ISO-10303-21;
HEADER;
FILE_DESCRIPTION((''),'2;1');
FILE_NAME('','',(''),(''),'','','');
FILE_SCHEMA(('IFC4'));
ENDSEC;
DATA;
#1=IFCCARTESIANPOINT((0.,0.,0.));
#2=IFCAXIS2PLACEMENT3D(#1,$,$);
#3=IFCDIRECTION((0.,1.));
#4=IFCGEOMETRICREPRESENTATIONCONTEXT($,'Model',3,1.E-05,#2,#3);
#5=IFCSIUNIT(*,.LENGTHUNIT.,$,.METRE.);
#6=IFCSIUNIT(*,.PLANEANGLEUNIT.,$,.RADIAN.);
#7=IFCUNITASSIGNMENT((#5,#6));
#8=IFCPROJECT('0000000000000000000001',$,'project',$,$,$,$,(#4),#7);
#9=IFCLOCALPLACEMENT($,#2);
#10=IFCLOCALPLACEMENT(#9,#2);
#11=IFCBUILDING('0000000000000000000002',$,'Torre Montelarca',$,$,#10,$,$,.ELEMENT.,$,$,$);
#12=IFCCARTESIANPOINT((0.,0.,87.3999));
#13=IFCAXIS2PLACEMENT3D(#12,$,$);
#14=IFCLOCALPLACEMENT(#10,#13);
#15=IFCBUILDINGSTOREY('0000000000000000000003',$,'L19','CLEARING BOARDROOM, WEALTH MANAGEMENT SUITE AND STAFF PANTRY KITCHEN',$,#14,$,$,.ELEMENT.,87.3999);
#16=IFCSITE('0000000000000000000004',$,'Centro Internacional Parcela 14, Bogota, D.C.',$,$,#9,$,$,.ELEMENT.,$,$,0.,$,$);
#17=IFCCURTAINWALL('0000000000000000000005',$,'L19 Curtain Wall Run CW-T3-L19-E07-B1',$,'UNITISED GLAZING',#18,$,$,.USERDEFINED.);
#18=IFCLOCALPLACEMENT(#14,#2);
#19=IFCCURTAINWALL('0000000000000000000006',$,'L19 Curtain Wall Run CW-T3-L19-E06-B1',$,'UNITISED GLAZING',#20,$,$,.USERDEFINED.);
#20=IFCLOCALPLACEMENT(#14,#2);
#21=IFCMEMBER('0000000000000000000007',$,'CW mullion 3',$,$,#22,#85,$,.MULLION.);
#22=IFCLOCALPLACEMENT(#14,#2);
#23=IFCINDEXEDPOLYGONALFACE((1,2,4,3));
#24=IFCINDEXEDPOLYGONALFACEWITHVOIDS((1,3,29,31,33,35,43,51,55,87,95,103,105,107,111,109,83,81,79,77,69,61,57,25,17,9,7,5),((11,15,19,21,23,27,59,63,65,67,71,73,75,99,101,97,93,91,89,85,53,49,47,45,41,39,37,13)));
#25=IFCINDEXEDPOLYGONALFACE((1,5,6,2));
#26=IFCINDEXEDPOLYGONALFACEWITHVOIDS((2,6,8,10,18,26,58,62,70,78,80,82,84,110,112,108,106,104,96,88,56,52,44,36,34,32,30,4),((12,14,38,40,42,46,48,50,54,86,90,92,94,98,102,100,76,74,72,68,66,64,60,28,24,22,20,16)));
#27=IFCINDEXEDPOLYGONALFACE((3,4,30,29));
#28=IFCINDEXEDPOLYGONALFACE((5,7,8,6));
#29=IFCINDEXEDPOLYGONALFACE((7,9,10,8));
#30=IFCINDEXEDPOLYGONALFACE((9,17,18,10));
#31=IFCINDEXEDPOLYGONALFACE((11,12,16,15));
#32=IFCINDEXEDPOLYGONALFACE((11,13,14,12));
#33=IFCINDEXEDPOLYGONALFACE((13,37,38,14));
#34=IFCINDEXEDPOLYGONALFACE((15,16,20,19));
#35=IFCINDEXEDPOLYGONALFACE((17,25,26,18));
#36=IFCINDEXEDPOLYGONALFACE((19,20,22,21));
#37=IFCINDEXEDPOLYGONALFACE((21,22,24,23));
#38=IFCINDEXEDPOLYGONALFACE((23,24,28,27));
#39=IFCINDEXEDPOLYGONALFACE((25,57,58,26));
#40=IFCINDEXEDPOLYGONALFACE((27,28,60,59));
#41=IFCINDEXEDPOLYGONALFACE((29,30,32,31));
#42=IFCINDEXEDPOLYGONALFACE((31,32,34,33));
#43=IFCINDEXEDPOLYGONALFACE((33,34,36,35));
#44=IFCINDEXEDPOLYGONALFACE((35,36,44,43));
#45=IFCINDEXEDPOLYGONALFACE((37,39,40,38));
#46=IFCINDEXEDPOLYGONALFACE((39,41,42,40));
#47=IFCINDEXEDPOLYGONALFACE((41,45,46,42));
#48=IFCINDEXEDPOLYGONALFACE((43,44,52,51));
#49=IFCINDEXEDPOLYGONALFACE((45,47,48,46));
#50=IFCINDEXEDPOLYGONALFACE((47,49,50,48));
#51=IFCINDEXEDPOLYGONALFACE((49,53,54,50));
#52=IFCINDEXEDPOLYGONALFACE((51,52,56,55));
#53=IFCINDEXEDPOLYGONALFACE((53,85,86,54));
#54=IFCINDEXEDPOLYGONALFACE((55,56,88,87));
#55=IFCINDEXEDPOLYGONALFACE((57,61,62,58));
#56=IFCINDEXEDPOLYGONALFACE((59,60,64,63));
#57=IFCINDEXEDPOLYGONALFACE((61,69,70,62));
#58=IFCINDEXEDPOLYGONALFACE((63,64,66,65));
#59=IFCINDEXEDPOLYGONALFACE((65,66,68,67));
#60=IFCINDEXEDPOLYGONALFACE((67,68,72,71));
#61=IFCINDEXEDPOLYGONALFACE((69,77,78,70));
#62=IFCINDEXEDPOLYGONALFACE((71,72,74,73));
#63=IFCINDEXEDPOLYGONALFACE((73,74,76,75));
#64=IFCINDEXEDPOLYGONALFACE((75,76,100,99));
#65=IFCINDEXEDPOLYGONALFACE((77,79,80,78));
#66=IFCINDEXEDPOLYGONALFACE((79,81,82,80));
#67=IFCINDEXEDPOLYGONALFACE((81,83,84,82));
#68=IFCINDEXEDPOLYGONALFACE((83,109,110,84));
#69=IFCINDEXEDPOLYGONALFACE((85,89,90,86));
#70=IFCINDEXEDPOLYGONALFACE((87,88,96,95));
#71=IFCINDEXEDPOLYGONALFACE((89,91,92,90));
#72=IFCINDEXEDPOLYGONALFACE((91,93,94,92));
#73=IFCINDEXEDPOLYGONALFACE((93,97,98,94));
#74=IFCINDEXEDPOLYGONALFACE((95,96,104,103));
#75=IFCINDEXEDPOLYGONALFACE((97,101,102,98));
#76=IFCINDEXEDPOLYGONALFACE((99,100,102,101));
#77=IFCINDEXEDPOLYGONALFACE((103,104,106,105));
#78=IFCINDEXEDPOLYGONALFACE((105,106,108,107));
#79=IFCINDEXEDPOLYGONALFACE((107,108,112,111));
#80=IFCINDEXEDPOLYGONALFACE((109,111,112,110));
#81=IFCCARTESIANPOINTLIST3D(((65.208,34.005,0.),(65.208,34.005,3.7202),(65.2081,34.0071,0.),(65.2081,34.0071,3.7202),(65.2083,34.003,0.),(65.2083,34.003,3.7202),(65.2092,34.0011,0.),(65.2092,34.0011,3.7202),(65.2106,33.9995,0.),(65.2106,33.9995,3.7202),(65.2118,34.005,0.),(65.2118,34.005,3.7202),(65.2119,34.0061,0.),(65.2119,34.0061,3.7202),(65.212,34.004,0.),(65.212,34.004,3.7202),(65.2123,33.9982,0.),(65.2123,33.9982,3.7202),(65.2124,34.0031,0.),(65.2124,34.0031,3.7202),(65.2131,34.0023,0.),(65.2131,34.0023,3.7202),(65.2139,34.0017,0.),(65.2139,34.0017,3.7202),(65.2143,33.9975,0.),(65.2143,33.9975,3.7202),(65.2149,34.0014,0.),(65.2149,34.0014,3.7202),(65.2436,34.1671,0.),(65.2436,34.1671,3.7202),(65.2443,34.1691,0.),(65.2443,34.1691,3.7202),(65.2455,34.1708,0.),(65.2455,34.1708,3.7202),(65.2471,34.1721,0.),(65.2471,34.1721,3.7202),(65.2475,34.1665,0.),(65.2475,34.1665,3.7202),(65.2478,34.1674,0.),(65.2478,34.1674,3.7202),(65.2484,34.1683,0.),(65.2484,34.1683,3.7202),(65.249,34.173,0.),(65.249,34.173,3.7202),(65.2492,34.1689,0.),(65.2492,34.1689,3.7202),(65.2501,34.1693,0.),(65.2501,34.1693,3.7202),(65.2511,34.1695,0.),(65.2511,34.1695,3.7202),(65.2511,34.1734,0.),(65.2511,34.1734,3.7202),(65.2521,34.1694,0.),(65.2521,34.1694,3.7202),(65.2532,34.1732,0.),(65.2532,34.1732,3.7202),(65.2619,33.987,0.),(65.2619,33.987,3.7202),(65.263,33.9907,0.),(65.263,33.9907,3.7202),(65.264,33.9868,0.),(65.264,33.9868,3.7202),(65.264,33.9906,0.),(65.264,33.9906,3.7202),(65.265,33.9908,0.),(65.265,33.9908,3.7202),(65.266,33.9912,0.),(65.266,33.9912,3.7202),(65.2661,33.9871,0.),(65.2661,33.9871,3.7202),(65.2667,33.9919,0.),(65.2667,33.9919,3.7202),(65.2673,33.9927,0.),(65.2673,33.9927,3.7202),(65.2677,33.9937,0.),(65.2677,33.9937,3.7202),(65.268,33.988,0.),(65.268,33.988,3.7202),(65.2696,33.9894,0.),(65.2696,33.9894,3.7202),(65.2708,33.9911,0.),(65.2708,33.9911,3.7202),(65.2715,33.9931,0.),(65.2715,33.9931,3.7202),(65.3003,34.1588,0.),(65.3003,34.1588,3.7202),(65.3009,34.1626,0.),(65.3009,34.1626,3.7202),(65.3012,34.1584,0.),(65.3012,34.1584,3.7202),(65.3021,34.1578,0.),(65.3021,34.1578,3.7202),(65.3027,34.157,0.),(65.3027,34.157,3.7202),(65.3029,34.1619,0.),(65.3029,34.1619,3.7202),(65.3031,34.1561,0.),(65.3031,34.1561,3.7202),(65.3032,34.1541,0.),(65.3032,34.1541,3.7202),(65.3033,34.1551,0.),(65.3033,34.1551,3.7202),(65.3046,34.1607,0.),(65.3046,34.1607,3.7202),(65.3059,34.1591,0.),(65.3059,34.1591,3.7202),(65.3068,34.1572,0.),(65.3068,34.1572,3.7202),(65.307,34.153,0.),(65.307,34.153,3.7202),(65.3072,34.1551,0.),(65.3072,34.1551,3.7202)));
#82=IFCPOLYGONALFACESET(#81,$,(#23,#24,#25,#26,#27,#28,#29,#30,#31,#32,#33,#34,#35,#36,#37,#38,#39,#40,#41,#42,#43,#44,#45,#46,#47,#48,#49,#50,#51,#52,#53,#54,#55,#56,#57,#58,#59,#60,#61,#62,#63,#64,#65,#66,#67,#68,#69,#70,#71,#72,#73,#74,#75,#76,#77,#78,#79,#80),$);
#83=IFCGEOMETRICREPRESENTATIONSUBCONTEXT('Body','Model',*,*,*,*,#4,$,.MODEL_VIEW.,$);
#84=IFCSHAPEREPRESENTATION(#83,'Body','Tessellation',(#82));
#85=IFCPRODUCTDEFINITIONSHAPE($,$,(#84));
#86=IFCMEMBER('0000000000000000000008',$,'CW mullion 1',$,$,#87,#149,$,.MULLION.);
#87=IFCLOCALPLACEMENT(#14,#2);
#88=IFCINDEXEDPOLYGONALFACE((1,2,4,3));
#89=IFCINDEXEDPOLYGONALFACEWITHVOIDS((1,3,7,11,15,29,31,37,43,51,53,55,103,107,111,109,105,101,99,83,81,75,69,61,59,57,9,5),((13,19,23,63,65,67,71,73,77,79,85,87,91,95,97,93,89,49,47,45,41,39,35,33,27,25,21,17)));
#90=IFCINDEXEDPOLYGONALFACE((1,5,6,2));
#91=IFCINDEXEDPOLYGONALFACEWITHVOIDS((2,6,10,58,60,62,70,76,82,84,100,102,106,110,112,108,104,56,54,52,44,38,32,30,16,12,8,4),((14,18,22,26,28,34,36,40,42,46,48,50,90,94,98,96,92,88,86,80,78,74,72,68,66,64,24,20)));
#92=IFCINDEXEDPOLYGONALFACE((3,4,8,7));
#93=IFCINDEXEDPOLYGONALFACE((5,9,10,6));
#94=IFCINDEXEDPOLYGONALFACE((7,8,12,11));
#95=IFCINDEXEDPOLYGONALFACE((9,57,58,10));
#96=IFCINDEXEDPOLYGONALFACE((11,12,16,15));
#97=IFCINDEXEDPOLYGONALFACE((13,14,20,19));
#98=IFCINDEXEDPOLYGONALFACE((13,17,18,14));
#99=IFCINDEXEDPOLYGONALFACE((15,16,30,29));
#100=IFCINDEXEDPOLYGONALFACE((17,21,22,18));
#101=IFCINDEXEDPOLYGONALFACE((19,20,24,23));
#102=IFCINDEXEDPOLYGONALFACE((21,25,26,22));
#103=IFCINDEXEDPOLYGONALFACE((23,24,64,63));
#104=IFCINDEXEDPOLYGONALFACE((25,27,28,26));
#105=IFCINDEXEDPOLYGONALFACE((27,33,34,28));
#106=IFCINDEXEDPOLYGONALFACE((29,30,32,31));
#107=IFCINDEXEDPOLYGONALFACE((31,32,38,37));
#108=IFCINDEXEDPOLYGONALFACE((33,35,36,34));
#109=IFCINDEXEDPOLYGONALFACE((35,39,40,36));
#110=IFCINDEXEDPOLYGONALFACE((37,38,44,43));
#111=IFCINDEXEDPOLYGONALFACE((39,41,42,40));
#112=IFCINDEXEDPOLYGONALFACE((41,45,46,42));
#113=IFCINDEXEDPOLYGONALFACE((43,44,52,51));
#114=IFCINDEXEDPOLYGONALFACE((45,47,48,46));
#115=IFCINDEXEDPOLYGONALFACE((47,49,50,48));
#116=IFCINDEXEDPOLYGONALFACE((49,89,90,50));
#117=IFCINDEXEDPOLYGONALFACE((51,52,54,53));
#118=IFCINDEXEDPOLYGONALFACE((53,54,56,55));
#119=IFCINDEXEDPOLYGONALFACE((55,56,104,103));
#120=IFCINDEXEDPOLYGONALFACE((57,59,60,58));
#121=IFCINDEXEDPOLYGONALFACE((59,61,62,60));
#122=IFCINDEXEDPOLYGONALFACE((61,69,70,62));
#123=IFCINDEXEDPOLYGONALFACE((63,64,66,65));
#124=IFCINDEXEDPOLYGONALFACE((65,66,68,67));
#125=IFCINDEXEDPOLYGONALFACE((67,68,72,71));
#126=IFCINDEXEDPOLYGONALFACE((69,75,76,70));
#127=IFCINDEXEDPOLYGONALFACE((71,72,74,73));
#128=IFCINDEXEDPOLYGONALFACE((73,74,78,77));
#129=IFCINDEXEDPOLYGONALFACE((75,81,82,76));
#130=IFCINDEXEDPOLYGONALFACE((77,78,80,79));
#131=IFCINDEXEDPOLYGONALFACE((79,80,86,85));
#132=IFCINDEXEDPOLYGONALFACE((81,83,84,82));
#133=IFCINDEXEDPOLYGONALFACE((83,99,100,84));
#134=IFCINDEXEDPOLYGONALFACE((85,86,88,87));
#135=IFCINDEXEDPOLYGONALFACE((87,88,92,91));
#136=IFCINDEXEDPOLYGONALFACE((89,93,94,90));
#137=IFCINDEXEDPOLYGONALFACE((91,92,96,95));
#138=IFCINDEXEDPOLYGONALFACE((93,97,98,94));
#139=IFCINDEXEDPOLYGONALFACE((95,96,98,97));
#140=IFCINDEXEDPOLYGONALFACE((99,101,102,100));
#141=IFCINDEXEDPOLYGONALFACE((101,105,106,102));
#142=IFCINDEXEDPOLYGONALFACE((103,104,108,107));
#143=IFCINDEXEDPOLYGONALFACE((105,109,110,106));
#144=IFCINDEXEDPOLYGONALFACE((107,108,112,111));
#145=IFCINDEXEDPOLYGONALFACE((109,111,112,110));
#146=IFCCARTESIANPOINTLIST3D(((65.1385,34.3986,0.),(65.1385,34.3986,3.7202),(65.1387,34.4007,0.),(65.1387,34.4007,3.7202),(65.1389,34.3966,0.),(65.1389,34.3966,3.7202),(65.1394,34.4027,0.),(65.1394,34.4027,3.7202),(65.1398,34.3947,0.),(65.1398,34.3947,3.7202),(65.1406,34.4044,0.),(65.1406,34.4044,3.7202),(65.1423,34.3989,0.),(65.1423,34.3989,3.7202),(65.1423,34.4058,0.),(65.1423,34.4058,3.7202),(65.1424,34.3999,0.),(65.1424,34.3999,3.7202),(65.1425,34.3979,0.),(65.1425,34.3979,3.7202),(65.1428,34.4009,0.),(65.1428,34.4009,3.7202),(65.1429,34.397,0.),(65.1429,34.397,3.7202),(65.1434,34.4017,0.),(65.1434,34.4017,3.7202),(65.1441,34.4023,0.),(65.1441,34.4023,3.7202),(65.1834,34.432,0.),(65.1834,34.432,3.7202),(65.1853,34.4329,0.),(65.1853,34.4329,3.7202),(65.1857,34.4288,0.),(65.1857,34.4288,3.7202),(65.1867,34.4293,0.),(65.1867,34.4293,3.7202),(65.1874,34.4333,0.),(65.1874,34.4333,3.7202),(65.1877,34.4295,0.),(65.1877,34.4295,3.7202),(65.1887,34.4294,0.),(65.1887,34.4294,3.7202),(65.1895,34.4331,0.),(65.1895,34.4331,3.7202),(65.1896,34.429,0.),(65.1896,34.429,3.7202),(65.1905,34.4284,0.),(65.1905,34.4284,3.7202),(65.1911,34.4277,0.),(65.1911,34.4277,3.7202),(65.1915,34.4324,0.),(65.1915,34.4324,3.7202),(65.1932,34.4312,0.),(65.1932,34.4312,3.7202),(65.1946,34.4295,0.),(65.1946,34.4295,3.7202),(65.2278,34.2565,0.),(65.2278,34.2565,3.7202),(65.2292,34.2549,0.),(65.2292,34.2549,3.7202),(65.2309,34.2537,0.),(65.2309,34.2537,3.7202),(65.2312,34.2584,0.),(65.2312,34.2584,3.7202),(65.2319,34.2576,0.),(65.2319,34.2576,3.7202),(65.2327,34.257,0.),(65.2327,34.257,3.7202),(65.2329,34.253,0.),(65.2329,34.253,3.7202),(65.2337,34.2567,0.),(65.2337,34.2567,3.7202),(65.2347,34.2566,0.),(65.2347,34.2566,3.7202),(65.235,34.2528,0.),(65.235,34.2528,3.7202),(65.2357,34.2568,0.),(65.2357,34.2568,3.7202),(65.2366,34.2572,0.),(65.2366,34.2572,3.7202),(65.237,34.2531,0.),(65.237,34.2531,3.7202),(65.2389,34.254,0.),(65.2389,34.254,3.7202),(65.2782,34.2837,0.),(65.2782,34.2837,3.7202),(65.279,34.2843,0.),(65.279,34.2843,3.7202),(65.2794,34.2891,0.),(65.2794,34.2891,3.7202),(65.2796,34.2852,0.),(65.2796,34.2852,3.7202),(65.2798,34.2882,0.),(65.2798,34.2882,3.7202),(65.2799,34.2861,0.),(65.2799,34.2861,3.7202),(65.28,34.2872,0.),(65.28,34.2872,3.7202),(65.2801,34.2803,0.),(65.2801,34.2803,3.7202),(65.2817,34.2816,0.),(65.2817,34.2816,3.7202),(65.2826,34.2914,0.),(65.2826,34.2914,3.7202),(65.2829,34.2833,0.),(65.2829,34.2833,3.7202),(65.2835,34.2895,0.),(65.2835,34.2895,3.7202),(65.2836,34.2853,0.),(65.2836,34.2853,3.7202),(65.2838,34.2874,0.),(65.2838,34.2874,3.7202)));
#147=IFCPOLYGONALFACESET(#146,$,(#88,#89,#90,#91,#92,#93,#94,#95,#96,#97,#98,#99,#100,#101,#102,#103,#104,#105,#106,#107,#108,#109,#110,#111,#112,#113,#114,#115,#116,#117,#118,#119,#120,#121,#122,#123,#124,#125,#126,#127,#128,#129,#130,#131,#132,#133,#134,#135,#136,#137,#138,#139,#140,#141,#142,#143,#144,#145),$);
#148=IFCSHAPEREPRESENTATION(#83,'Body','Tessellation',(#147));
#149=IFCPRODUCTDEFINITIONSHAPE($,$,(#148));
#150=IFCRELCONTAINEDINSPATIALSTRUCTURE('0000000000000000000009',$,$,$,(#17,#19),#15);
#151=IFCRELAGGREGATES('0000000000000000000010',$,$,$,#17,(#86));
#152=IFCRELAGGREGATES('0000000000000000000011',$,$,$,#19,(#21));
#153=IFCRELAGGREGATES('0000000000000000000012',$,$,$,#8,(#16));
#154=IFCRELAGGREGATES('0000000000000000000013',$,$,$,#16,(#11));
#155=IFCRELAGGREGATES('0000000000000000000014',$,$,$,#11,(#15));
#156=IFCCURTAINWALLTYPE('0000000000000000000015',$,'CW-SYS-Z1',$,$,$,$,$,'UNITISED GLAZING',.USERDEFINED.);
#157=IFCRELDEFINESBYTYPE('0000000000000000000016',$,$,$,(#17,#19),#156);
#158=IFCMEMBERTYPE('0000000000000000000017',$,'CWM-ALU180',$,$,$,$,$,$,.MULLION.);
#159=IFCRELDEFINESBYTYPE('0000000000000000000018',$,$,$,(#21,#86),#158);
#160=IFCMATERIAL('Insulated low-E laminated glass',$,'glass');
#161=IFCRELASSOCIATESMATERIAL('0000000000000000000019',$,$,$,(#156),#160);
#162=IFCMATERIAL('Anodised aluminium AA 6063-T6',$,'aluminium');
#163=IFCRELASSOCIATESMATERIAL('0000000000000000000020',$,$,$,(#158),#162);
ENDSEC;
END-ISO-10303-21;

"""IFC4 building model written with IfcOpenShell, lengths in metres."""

from ifc_helpers import new_model, si_unit, direction, frame, origin, origin_2d, place, context, subcontext, project, spatial, hollow_rectangle, extrude, source, transform, mapped, material, material_profile, profile_set, type_object, element, aggregate, save


model = new_model("IFC4")

# Units and contexts
model_context = context("Model", 3, precision=1e-05, world=origin(), true_north=direction((0.0, 1.0)))
body_context = subcontext(model_context, "Body", "Model", "MODEL_VIEW")
ifc_project = project(units=[si_unit("LENGTHUNIT", "METRE"), si_unit("PLANEANGLEUNIT", "RADIAN")], contexts=[model_context])

# Site, building, storey
site_placement = place(None, origin())
site = spatial("IfcSite", under=ifc_project, at=site_placement, Name="Centro Internacional Parcela 14, Bogota, D.C.", CompositionType="ELEMENT", RefElevation=0.0)
building_placement = place(site_placement, origin())
building = spatial("IfcBuilding", under=site, at=building_placement, Name="Torre Montelarca", CompositionType="ELEMENT")
storey_placement = place(building_placement, frame((0.0, 0.0, 87.3999)))
storey = spatial("IfcBuildingStorey", under=building, at=storey_placement, Name="L19", Description="CLEARING BOARDROOM, WEALTH MANAGEMENT SUITE AND STAFF PANTRY KITCHEN", CompositionType="ELEMENT", Elevation=87.3999)

# Curtain walls, member
ifc_material_1 = material(Name="Insulated low-E laminated glass", Category="glass")
curtain_wall_type = type_object("IfcCurtainWallType", Name="CW-SYS-Z1", ElementType="UNITISED GLAZING", PredefinedType="USERDEFINED", material=ifc_material_1)
curtain_wall_1_placement = place(storey_placement, origin())
curtain_wall_1 = element("IfcCurtainWall", 1, at=curtain_wall_1_placement, inside=storey, type_object=curtain_wall_type, Name="L19 Curtain Wall Run CW-T3-L19-E07-B1", ObjectType="UNITISED GLAZING", PredefinedType="USERDEFINED")
ifc_material_2 = material(Name="Anodised aluminium AA 6063-T6", Category="aluminium")
curtain_wall_2_placement = place(storey_placement, origin())
curtain_wall_2 = element("IfcCurtainWall", 2, at=curtain_wall_2_placement, inside=storey, type_object=curtain_wall_type, Name="L19 Curtain Wall Run CW-T3-L19-E06-B1", ObjectType="UNITISED GLAZING", PredefinedType="USERDEFINED")
ifc_material_profile_1 = material_profile(ifc_material_2, hollow_rectangle(XDim=0.0649, YDim=0.1799, WallThickness=0.0039, InnerFilletRadius=0.0039, OuterFilletRadius=0.0081, at=origin_2d()), Name="ALU65X180X4", Category="aluminium")
ifc_profile_set_1 = profile_set([ifc_material_profile_1], Name="Anodised aluminium AA 6063-T6")
member_type_1 = type_object("IfcMemberType", Name="CWM-ALU180", PredefinedType="MULLION", material=ifc_profile_set_1)
shared_shape_1 = source(origin(), body_context, "Body", "SweptSolid", [
    extrude(hollow_rectangle(XDim=0.0649, YDim=0.1799, WallThickness=0.0039, InnerFilletRadius=0.0039, OuterFilletRadius=0.0081, at=origin_2d()), origin(), (0.0, 0.0, 1.0), 3.7202),
])
member_1_placement = place(storey_placement, frame((65.2576, 34.0801, 0.0), z_axis=(0.0, 0.0, 1.0), x_axis=(-0.976296, 0.216441, 0.0)))
member_1 = element("IfcMember", 3, at=member_1_placement, type_object=member_type_1, Name="CW mullion 3", PredefinedType="MULLION", context=body_context, shape_type="MappedRepresentation", body=[
    mapped(shared_shape_1, transform((0.0, 0.0, 0.0), scale=1.0)),
])

# Member
member_2_placement = place(storey_placement, frame((65.2112, 34.343, 0.0), z_axis=(0.0, 0.0, 1.0), x_axis=(-0.843381, -0.537316, 0.0)))
member_2 = element("IfcMember", 4, at=member_2_placement, type_object=member_type_1, Name="CW mullion 1", PredefinedType="MULLION", context=body_context, shape_type="MappedRepresentation", body=[
    mapped(shared_shape_1, transform((0.0, 0.0, 0.0), scale=1.0)),
])

aggregate(curtain_wall_1, [member_2])
aggregate(curtain_wall_2, [member_1])

save(model, "model.ifc")
